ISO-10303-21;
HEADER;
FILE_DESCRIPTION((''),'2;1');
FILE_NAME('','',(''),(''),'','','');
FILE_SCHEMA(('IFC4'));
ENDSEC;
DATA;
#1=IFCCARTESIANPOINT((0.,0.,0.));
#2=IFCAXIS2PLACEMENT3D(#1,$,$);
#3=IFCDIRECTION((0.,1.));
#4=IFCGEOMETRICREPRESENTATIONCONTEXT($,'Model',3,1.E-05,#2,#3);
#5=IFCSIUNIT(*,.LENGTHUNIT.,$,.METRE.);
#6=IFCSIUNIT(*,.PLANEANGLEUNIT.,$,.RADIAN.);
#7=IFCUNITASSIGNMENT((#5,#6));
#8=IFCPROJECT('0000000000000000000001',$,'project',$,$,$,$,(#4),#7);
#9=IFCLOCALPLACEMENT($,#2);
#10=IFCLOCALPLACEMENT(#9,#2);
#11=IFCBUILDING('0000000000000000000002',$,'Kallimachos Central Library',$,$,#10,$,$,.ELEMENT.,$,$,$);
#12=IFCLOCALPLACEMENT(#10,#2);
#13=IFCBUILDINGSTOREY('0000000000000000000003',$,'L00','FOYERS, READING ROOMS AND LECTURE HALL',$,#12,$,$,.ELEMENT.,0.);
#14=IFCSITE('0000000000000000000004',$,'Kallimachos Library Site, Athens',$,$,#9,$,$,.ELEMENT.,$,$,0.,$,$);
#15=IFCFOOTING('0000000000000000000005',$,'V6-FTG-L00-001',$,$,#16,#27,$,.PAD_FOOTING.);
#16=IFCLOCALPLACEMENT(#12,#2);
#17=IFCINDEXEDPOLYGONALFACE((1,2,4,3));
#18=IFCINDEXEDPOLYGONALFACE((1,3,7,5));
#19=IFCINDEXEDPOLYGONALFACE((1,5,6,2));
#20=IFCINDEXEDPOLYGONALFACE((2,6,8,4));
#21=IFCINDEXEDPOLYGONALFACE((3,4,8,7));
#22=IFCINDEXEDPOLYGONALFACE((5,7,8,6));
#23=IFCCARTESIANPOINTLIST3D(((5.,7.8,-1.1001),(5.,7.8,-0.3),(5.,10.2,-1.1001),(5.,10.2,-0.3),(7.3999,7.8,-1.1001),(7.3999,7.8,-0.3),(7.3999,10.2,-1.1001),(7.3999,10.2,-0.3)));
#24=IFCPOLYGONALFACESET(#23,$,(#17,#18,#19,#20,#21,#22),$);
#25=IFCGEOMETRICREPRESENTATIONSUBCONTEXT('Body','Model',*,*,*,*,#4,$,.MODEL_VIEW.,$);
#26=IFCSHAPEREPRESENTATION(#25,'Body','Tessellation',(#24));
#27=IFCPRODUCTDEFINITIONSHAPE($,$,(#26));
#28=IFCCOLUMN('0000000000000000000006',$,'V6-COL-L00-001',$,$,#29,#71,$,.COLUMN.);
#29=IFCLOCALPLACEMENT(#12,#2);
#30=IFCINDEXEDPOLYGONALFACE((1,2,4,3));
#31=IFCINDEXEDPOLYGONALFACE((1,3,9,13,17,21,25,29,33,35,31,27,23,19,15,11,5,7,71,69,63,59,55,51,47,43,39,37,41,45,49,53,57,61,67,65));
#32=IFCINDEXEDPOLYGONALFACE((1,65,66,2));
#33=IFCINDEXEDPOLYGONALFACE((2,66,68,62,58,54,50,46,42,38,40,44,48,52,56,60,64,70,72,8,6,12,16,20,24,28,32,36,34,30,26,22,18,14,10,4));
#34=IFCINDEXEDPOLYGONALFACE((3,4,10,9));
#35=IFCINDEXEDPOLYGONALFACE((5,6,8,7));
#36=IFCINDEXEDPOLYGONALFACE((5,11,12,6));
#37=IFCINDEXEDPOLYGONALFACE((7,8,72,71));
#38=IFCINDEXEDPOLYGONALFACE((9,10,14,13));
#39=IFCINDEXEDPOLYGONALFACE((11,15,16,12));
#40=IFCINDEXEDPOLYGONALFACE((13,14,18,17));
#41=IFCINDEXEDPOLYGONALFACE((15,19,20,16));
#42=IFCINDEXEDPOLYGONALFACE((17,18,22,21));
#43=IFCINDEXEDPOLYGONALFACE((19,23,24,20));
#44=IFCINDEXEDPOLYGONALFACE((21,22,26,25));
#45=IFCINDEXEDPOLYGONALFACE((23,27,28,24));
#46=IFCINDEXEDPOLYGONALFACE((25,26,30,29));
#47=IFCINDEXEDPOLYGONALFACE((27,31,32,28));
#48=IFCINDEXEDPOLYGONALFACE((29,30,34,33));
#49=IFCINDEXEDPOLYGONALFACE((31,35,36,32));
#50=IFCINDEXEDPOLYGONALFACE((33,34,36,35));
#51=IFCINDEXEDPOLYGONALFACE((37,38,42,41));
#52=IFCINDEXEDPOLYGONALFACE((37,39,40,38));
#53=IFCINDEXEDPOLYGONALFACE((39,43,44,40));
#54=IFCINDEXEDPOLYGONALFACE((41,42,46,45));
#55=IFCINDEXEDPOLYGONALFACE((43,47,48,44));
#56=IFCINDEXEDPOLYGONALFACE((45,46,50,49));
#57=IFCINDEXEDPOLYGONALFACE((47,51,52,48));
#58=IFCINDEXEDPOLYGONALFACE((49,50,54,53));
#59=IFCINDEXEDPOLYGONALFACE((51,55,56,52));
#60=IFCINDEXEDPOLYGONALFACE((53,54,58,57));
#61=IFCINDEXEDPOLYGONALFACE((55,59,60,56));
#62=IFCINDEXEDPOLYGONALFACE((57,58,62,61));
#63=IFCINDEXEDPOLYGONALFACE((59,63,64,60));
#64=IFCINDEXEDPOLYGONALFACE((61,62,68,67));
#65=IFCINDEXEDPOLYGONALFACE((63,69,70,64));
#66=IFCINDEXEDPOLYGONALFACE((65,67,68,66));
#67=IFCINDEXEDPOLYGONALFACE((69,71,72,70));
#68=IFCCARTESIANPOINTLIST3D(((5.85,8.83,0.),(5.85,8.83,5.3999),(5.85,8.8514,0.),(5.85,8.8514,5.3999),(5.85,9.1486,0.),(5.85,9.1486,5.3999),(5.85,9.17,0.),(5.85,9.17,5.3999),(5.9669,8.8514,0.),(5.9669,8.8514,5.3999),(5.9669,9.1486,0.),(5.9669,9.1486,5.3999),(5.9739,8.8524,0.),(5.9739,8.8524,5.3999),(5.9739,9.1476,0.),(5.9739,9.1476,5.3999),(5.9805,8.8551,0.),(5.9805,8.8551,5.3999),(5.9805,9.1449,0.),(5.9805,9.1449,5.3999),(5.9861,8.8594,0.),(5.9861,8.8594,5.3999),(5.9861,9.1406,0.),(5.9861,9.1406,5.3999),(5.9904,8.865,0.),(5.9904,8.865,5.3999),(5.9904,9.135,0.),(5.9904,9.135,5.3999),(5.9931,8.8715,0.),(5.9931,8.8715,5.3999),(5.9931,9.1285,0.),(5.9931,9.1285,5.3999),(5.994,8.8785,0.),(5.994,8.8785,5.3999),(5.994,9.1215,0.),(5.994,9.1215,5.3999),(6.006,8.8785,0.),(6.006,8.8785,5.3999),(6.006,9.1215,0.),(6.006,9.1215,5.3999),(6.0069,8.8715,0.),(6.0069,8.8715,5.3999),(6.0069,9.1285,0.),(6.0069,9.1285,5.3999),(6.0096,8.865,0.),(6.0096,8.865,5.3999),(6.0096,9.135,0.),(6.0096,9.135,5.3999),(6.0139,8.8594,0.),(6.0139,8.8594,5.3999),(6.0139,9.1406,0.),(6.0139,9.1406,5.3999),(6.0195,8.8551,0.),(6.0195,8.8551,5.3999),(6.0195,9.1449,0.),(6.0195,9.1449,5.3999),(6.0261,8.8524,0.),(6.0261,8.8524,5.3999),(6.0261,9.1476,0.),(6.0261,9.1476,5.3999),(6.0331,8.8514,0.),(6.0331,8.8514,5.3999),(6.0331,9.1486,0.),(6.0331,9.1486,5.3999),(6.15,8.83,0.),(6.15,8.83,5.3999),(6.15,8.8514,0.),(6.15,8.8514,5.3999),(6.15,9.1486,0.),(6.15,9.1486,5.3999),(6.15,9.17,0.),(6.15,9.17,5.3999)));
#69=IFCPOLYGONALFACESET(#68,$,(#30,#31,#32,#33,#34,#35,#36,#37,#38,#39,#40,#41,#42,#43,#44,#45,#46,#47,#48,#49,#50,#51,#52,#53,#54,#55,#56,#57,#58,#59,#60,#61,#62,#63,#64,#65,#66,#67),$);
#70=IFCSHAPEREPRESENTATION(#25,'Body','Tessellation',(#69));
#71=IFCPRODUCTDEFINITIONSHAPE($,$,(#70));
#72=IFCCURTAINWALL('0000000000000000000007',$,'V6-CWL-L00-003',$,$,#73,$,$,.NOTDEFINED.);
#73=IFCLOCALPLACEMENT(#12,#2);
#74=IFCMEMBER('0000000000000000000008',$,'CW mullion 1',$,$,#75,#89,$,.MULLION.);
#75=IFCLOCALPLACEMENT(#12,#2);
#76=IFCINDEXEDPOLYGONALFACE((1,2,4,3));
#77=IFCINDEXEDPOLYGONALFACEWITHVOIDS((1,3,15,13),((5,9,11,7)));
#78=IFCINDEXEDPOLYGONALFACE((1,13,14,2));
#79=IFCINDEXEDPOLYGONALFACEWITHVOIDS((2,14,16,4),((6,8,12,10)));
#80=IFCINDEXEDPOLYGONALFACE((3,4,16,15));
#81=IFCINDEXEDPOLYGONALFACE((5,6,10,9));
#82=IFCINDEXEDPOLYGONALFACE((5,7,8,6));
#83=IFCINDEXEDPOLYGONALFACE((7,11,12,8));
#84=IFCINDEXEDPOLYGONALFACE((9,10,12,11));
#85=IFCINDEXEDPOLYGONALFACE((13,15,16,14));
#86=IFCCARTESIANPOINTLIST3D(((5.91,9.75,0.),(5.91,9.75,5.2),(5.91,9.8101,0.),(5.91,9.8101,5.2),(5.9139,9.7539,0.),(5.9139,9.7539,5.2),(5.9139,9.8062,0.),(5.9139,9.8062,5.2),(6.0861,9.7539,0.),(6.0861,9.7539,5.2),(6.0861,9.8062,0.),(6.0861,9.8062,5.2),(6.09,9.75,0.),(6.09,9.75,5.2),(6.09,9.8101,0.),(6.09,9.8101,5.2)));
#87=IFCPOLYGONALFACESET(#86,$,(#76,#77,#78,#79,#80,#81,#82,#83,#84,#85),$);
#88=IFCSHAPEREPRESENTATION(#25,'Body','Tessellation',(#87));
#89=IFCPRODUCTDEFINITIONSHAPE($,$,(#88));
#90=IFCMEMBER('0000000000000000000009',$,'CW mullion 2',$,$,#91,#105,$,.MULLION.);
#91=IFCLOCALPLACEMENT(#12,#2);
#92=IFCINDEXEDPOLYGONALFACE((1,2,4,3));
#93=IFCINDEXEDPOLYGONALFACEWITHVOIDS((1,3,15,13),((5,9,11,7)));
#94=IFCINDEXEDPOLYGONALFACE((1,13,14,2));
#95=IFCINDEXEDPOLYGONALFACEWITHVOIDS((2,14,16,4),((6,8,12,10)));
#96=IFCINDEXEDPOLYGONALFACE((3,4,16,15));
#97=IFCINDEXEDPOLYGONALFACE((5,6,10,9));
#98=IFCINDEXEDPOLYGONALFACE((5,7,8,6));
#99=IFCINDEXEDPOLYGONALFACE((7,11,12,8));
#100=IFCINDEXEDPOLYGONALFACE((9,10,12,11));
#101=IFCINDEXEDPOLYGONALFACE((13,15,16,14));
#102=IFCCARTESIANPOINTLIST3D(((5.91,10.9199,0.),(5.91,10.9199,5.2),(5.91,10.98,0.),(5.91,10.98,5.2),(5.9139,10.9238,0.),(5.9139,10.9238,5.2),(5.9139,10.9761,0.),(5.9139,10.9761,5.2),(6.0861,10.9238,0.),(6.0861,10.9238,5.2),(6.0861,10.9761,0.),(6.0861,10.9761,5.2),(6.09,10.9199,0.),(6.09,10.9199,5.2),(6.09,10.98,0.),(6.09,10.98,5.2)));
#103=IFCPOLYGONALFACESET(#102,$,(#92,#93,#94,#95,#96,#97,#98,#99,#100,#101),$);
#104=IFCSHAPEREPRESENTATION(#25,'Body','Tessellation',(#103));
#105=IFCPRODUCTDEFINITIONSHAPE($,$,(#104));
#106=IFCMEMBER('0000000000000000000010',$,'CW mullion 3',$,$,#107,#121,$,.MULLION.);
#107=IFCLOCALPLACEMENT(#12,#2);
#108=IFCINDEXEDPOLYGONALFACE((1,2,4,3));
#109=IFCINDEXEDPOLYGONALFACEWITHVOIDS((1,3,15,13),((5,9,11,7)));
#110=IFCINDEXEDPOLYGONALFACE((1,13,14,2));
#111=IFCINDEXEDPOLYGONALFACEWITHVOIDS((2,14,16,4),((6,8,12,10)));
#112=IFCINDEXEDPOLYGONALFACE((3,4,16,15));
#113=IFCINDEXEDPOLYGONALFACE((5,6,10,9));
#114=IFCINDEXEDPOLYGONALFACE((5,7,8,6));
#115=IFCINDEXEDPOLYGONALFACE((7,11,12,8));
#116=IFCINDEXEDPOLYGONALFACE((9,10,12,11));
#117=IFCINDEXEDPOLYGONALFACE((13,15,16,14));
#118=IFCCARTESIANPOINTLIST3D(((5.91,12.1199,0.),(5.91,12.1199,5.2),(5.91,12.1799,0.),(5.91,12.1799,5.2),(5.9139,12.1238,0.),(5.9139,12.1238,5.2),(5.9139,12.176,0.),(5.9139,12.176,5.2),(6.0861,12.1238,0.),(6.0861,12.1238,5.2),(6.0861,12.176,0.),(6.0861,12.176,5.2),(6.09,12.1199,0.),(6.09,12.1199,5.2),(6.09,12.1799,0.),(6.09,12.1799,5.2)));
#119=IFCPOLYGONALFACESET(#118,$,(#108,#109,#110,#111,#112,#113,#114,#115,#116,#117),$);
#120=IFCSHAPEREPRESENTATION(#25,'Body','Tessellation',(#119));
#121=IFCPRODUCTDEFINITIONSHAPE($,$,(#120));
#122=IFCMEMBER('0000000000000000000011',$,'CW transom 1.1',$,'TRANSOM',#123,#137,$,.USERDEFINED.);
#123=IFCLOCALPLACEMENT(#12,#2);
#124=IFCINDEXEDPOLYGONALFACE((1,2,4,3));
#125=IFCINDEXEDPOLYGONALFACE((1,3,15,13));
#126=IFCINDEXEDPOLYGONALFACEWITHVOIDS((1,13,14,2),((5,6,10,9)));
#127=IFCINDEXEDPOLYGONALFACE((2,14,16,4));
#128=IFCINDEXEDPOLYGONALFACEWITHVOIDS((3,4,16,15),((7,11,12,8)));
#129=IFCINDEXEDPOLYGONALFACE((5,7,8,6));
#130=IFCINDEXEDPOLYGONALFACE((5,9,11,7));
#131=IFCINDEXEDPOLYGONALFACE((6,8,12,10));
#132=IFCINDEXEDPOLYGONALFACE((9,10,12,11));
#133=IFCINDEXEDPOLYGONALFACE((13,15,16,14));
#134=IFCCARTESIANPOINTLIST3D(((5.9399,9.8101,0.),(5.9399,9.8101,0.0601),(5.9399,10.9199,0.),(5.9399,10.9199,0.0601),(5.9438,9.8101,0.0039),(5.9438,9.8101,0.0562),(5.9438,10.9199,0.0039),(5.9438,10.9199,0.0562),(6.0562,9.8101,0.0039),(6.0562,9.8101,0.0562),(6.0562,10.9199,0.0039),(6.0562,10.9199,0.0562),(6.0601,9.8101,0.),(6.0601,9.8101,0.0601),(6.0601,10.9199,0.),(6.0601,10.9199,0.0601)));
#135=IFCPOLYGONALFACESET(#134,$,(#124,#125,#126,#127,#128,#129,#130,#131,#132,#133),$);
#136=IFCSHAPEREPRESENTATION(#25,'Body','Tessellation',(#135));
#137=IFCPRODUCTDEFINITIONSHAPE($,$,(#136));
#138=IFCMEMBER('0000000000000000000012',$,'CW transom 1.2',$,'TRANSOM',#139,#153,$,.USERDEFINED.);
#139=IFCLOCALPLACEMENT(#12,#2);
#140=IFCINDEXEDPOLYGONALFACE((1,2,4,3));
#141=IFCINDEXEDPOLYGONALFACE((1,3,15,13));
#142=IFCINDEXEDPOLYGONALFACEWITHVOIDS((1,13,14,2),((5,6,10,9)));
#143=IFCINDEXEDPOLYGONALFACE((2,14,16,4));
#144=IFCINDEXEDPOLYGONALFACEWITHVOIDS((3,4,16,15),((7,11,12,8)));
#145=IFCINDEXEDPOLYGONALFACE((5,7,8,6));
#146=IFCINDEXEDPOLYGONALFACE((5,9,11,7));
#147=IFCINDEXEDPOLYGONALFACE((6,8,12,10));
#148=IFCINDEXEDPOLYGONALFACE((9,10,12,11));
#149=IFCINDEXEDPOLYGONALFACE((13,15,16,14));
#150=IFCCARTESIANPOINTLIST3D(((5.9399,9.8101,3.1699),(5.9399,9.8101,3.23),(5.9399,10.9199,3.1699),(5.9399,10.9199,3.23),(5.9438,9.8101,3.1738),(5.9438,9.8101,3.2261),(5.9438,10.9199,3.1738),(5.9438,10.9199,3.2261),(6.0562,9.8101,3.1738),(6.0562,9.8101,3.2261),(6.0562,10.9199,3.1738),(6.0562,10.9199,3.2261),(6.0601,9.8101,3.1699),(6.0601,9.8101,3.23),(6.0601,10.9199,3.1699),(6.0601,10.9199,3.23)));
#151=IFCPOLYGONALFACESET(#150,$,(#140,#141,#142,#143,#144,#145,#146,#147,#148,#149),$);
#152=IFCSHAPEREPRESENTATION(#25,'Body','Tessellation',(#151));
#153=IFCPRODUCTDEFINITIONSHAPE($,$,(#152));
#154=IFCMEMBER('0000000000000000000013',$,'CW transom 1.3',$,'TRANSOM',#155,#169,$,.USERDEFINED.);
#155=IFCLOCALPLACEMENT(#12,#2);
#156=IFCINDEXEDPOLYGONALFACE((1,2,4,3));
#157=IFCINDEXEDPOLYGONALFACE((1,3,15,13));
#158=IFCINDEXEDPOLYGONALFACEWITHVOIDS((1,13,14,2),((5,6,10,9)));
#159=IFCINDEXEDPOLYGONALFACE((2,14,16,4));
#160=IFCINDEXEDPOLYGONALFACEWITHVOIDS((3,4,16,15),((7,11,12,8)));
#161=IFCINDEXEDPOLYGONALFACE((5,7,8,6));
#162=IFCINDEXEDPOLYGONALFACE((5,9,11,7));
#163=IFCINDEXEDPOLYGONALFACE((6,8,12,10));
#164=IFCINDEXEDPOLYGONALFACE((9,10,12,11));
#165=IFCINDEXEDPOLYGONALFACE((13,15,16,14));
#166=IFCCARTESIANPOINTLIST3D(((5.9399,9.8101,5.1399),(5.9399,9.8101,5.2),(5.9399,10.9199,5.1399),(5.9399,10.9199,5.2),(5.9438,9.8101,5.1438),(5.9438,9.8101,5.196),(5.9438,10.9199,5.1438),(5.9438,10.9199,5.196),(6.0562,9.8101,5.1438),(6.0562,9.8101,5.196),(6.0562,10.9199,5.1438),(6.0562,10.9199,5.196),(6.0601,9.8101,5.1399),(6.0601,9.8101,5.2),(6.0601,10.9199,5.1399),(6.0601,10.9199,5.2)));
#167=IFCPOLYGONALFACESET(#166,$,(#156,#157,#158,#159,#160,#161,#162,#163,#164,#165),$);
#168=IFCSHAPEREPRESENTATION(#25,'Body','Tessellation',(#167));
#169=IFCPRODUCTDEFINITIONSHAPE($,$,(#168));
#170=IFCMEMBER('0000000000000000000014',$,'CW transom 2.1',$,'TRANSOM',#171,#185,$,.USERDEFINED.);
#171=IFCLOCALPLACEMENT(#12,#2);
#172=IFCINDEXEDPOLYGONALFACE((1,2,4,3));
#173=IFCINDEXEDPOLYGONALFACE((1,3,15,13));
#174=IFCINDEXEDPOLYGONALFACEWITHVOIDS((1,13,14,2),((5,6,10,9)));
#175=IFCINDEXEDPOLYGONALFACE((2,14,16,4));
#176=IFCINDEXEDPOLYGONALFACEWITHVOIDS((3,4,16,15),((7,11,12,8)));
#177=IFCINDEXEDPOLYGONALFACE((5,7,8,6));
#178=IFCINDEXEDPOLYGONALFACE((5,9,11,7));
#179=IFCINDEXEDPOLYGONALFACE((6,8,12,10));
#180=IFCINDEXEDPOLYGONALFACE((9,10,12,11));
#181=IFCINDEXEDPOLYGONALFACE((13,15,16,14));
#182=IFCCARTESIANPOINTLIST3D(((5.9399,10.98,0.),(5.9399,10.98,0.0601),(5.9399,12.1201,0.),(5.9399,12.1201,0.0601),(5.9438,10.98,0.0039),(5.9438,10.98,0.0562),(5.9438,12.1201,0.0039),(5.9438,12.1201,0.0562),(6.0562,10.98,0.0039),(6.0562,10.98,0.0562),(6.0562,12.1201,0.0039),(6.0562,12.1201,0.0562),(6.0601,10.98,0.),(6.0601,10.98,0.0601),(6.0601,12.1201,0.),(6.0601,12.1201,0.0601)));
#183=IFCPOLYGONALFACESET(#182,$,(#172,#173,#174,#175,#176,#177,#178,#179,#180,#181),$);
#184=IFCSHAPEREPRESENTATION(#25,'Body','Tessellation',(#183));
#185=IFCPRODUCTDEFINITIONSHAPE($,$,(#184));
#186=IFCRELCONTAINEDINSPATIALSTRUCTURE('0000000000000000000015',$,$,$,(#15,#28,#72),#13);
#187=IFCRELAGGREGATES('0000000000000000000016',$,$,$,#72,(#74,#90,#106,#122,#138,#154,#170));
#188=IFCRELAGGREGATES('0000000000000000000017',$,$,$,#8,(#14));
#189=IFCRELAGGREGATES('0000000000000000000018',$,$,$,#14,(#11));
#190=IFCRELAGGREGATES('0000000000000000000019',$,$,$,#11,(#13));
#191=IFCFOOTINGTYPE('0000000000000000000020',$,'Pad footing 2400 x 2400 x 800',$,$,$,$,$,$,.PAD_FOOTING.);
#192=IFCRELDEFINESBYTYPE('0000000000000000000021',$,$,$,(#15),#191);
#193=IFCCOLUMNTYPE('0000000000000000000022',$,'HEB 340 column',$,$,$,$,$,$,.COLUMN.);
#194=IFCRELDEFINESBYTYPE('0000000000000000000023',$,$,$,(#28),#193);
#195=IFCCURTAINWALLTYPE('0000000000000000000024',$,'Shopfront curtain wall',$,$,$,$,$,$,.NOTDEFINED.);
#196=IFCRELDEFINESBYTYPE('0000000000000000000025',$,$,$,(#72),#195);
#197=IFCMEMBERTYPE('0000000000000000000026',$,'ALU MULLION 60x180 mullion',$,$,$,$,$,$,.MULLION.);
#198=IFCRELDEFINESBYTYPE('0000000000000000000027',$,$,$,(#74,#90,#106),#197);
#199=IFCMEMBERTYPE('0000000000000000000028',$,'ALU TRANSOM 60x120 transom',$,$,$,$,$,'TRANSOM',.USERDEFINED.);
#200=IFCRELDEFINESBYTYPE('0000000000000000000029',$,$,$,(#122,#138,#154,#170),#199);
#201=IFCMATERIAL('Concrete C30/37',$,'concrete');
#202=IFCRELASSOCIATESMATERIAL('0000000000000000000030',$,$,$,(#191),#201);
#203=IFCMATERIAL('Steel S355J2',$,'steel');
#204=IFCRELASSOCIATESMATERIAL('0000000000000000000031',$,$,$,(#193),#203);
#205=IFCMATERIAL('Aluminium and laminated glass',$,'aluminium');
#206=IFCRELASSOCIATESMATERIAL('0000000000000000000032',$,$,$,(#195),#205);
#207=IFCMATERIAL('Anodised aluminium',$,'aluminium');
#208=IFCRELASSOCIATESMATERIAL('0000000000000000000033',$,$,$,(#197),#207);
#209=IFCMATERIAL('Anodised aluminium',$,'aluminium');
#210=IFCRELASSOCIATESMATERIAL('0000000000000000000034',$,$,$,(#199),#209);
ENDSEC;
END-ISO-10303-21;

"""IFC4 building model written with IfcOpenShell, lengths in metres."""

from ifc_helpers import new_model, si_unit, direction, frame, origin, origin_2d, place, context, subcontext, project, spatial, rectangle, hollow_rectangle, i_section, extrude, material, material_profile, profile_set, type_object, element, aggregate, save


model = new_model("IFC4")

# Units and contexts
model_context = context("Model", 3, precision=1e-05, world=origin(), true_north=direction((0.0, 1.0)))
body_context = subcontext(model_context, "Body", "Model", "MODEL_VIEW")
ifc_project = project(units=[si_unit("LENGTHUNIT", "METRE"), si_unit("PLANEANGLEUNIT", "RADIAN")], contexts=[model_context])

# Site, building, storey
site_placement = place(None, origin())
site = spatial("IfcSite", under=ifc_project, at=site_placement, Name="Kallimachos Library Site, Athens", CompositionType="ELEMENT", RefElevation=0.0)
building_placement = place(site_placement, origin())
building = spatial("IfcBuilding", under=site, at=building_placement, Name="Kallimachos Central Library", CompositionType="ELEMENT")
storey_placement = place(building_placement, origin())
storey = spatial("IfcBuildingStorey", under=building, at=storey_placement, Name="L00", Description="FOYERS, READING ROOMS AND LECTURE HALL", CompositionType="ELEMENT", Elevation=0.0)

# Footing
ifc_material_1 = material(Name="Concrete C30/37", Category="concrete")
footing_type = type_object("IfcFootingType", Name="Pad footing 2400 x 2400 x 800", PredefinedType="PAD_FOOTING", material=ifc_material_1)
footing_placement = place(storey_placement, frame((6.2, 9.0, -1.1001), z_axis=(0.0, 0.0, 1.0), x_axis=(1.0, 0.0, 0.0)))
element("IfcFooting", 1, at=footing_placement, inside=storey, type_object=footing_type, Name="V6-FTG-L00-001", PredefinedType="PAD_FOOTING", context=body_context, shape_type="SweptSolid", body=[
    extrude(rectangle(XDim=2.3999, YDim=2.3999, at=origin_2d()), origin(), (0.0, 0.0, 1.0), 0.8),
])

# Column
ifc_material_2 = material(Name="Steel S355J2", Category="steel")
ifc_material_profile_1 = material_profile(ifc_material_2, i_section(OverallWidth=0.3, OverallDepth=0.3401, WebThickness=0.012, FlangeThickness=0.0215, FilletRadius=0.0271, at=origin_2d()), Name="HEB 340")
ifc_profile_set_1 = profile_set([ifc_material_profile_1], Name="Steel S355J2")
column_type = type_object("IfcColumnType", Name="HEB 340 column", PredefinedType="COLUMN", material=ifc_profile_set_1)
column_placement = place(storey_placement, frame((6.0, 9.0, 0.0), z_axis=(0.0, 0.0, 1.0), x_axis=(1.0, 0.0, 0.0)))
element("IfcColumn", 2, at=column_placement, inside=storey, type_object=column_type, Name="V6-COL-L00-001", PredefinedType="COLUMN", context=body_context, shape_type="SweptSolid", body=[
    extrude(i_section(OverallWidth=0.3, OverallDepth=0.3401, WebThickness=0.012, FlangeThickness=0.0215, FilletRadius=0.0271, at=origin_2d()), origin(), (0.0, 0.0, 1.0), 5.3999),
])

# Curtain wall, members
ifc_material_3 = material(Name="Aluminium and laminated glass", Category="aluminium")
curtain_wall_type = type_object("IfcCurtainWallType", Name="Shopfront curtain wall", PredefinedType="NOTDEFINED", material=ifc_material_3)
curtain_wall_placement = place(storey_placement, origin())
curtain_wall = element("IfcCurtainWall", 3, at=curtain_wall_placement, inside=storey, type_object=curtain_wall_type, Name="V6-CWL-L00-003", PredefinedType="NOTDEFINED")
ifc_material_4 = material(Name="Anodised aluminium", Category="aluminium")
ifc_material_profile_2 = material_profile(ifc_material_4, hollow_rectangle(XDim=0.0601, YDim=0.1799, WallThickness=0.0039, at=origin_2d()), Name="ALU MULLION 60x180")
ifc_profile_set_2 = profile_set([ifc_material_profile_2], Name="Anodised aluminium")
member_type_1 = type_object("IfcMemberType", Name="ALU MULLION 60x180 mullion", PredefinedType="MULLION", material=ifc_profile_set_2)
member_1_placement = place(storey_placement, frame((6.0, 9.78, 0.0), z_axis=(0.0, 0.0, 1.0), x_axis=(0.0, 1.0, 0.0)))
member_1 = element("IfcMember", 4, at=member_1_placement, type_object=member_type_1, Name="CW mullion 1", PredefinedType="MULLION", context=body_context, shape_type="SweptSolid", body=[
    extrude(hollow_rectangle(XDim=0.0601, YDim=0.1799, WallThickness=0.0039, at=origin_2d()), origin(), (0.0, 0.0, 1.0), 5.2),
])
member_2_placement = place(storey_placement, frame((6.0, 10.95, 0.0), z_axis=(0.0, 0.0, 1.0), x_axis=(0.0, 1.0, 0.0)))
member_2 = element("IfcMember", 5, at=member_2_placement, type_object=member_type_1, Name="CW mullion 2", PredefinedType="MULLION", context=body_context, shape_type="SweptSolid", body=[
    extrude(hollow_rectangle(XDim=0.0601, YDim=0.1799, WallThickness=0.0039, at=origin_2d()), origin(), (0.0, 0.0, 1.0), 5.2),
])
member_3_placement = place(storey_placement, frame((6.0, 12.1499, 0.0), z_axis=(0.0, 0.0, 1.0), x_axis=(0.0, 1.0, 0.0)))
member_3 = element("IfcMember", 6, at=member_3_placement, type_object=member_type_1, Name="CW mullion 3", PredefinedType="MULLION", context=body_context, shape_type="SweptSolid", body=[
    extrude(hollow_rectangle(XDim=0.0601, YDim=0.1799, WallThickness=0.0039, at=origin_2d()), origin(), (0.0, 0.0, 1.0), 5.2),
])
ifc_material_5 = material(Name="Anodised aluminium", Category="aluminium")
ifc_material_profile_3 = material_profile(ifc_material_5, hollow_rectangle(XDim=0.0601, YDim=0.1201, WallThickness=0.0039, at=origin_2d()), Name="ALU TRANSOM 60x120")
ifc_profile_set_3 = profile_set([ifc_material_profile_3], Name="Anodised aluminium")
member_type_2 = type_object("IfcMemberType", Name="ALU TRANSOM 60x120 transom", ElementType="TRANSOM", PredefinedType="USERDEFINED", material=ifc_profile_set_3)
member_4_placement = place(storey_placement, frame((6.0, 9.8101, 0.03), z_axis=(0.0, 1.0, 0.0), x_axis=(0.0, 0.0, 1.0)))
member_4 = element("IfcMember", 7, at=member_4_placement, type_object=member_type_2, Name="CW transom 1.1", ObjectType="TRANSOM", PredefinedType="USERDEFINED", context=body_context, shape_type="SweptSolid", body=[
    extrude(hollow_rectangle(XDim=0.0601, YDim=0.1201, WallThickness=0.0039, at=origin_2d()), origin(), (0.0, 0.0, 1.0), 1.1099),
])
member_5_placement = place(storey_placement, frame((6.0, 9.8101, 3.2), z_axis=(0.0, 1.0, 0.0), x_axis=(0.0, 0.0, 1.0)))
member_5 = element("IfcMember", 8, at=member_5_placement, type_object=member_type_2, Name="CW transom 1.2", ObjectType="TRANSOM", PredefinedType="USERDEFINED", context=body_context, shape_type="SweptSolid", body=[
    extrude(hollow_rectangle(XDim=0.0601, YDim=0.1201, WallThickness=0.0039, at=origin_2d()), origin(), (0.0, 0.0, 1.0), 1.1099),
])
member_6_placement = place(storey_placement, frame((6.0, 9.8101, 5.1699), z_axis=(0.0, 1.0, 0.0), x_axis=(0.0, 0.0, 1.0)))
member_6 = element("IfcMember", 9, at=member_6_placement, type_object=member_type_2, Name="CW transom 1.3", ObjectType="TRANSOM", PredefinedType="USERDEFINED", context=body_context, shape_type="SweptSolid", body=[
    extrude(hollow_rectangle(XDim=0.0601, YDim=0.1201, WallThickness=0.0039, at=origin_2d()), origin(), (0.0, 0.0, 1.0), 1.1099),
])
member_7_placement = place(storey_placement, frame((6.0, 10.98, 0.03), z_axis=(0.0, 1.0, 0.0), x_axis=(0.0, 0.0, 1.0)))
member_7 = element("IfcMember", 10, at=member_7_placement, type_object=member_type_2, Name="CW transom 2.1", ObjectType="TRANSOM", PredefinedType="USERDEFINED", context=body_context, shape_type="SweptSolid", body=[
    extrude(hollow_rectangle(XDim=0.0601, YDim=0.1201, WallThickness=0.0039, at=origin_2d()), origin(), (0.0, 0.0, 1.0), 1.1401),
])

aggregate(curtain_wall, [member_1, member_2, member_3, member_4, member_5, member_6, member_7])

save(model, "model.ifc")
